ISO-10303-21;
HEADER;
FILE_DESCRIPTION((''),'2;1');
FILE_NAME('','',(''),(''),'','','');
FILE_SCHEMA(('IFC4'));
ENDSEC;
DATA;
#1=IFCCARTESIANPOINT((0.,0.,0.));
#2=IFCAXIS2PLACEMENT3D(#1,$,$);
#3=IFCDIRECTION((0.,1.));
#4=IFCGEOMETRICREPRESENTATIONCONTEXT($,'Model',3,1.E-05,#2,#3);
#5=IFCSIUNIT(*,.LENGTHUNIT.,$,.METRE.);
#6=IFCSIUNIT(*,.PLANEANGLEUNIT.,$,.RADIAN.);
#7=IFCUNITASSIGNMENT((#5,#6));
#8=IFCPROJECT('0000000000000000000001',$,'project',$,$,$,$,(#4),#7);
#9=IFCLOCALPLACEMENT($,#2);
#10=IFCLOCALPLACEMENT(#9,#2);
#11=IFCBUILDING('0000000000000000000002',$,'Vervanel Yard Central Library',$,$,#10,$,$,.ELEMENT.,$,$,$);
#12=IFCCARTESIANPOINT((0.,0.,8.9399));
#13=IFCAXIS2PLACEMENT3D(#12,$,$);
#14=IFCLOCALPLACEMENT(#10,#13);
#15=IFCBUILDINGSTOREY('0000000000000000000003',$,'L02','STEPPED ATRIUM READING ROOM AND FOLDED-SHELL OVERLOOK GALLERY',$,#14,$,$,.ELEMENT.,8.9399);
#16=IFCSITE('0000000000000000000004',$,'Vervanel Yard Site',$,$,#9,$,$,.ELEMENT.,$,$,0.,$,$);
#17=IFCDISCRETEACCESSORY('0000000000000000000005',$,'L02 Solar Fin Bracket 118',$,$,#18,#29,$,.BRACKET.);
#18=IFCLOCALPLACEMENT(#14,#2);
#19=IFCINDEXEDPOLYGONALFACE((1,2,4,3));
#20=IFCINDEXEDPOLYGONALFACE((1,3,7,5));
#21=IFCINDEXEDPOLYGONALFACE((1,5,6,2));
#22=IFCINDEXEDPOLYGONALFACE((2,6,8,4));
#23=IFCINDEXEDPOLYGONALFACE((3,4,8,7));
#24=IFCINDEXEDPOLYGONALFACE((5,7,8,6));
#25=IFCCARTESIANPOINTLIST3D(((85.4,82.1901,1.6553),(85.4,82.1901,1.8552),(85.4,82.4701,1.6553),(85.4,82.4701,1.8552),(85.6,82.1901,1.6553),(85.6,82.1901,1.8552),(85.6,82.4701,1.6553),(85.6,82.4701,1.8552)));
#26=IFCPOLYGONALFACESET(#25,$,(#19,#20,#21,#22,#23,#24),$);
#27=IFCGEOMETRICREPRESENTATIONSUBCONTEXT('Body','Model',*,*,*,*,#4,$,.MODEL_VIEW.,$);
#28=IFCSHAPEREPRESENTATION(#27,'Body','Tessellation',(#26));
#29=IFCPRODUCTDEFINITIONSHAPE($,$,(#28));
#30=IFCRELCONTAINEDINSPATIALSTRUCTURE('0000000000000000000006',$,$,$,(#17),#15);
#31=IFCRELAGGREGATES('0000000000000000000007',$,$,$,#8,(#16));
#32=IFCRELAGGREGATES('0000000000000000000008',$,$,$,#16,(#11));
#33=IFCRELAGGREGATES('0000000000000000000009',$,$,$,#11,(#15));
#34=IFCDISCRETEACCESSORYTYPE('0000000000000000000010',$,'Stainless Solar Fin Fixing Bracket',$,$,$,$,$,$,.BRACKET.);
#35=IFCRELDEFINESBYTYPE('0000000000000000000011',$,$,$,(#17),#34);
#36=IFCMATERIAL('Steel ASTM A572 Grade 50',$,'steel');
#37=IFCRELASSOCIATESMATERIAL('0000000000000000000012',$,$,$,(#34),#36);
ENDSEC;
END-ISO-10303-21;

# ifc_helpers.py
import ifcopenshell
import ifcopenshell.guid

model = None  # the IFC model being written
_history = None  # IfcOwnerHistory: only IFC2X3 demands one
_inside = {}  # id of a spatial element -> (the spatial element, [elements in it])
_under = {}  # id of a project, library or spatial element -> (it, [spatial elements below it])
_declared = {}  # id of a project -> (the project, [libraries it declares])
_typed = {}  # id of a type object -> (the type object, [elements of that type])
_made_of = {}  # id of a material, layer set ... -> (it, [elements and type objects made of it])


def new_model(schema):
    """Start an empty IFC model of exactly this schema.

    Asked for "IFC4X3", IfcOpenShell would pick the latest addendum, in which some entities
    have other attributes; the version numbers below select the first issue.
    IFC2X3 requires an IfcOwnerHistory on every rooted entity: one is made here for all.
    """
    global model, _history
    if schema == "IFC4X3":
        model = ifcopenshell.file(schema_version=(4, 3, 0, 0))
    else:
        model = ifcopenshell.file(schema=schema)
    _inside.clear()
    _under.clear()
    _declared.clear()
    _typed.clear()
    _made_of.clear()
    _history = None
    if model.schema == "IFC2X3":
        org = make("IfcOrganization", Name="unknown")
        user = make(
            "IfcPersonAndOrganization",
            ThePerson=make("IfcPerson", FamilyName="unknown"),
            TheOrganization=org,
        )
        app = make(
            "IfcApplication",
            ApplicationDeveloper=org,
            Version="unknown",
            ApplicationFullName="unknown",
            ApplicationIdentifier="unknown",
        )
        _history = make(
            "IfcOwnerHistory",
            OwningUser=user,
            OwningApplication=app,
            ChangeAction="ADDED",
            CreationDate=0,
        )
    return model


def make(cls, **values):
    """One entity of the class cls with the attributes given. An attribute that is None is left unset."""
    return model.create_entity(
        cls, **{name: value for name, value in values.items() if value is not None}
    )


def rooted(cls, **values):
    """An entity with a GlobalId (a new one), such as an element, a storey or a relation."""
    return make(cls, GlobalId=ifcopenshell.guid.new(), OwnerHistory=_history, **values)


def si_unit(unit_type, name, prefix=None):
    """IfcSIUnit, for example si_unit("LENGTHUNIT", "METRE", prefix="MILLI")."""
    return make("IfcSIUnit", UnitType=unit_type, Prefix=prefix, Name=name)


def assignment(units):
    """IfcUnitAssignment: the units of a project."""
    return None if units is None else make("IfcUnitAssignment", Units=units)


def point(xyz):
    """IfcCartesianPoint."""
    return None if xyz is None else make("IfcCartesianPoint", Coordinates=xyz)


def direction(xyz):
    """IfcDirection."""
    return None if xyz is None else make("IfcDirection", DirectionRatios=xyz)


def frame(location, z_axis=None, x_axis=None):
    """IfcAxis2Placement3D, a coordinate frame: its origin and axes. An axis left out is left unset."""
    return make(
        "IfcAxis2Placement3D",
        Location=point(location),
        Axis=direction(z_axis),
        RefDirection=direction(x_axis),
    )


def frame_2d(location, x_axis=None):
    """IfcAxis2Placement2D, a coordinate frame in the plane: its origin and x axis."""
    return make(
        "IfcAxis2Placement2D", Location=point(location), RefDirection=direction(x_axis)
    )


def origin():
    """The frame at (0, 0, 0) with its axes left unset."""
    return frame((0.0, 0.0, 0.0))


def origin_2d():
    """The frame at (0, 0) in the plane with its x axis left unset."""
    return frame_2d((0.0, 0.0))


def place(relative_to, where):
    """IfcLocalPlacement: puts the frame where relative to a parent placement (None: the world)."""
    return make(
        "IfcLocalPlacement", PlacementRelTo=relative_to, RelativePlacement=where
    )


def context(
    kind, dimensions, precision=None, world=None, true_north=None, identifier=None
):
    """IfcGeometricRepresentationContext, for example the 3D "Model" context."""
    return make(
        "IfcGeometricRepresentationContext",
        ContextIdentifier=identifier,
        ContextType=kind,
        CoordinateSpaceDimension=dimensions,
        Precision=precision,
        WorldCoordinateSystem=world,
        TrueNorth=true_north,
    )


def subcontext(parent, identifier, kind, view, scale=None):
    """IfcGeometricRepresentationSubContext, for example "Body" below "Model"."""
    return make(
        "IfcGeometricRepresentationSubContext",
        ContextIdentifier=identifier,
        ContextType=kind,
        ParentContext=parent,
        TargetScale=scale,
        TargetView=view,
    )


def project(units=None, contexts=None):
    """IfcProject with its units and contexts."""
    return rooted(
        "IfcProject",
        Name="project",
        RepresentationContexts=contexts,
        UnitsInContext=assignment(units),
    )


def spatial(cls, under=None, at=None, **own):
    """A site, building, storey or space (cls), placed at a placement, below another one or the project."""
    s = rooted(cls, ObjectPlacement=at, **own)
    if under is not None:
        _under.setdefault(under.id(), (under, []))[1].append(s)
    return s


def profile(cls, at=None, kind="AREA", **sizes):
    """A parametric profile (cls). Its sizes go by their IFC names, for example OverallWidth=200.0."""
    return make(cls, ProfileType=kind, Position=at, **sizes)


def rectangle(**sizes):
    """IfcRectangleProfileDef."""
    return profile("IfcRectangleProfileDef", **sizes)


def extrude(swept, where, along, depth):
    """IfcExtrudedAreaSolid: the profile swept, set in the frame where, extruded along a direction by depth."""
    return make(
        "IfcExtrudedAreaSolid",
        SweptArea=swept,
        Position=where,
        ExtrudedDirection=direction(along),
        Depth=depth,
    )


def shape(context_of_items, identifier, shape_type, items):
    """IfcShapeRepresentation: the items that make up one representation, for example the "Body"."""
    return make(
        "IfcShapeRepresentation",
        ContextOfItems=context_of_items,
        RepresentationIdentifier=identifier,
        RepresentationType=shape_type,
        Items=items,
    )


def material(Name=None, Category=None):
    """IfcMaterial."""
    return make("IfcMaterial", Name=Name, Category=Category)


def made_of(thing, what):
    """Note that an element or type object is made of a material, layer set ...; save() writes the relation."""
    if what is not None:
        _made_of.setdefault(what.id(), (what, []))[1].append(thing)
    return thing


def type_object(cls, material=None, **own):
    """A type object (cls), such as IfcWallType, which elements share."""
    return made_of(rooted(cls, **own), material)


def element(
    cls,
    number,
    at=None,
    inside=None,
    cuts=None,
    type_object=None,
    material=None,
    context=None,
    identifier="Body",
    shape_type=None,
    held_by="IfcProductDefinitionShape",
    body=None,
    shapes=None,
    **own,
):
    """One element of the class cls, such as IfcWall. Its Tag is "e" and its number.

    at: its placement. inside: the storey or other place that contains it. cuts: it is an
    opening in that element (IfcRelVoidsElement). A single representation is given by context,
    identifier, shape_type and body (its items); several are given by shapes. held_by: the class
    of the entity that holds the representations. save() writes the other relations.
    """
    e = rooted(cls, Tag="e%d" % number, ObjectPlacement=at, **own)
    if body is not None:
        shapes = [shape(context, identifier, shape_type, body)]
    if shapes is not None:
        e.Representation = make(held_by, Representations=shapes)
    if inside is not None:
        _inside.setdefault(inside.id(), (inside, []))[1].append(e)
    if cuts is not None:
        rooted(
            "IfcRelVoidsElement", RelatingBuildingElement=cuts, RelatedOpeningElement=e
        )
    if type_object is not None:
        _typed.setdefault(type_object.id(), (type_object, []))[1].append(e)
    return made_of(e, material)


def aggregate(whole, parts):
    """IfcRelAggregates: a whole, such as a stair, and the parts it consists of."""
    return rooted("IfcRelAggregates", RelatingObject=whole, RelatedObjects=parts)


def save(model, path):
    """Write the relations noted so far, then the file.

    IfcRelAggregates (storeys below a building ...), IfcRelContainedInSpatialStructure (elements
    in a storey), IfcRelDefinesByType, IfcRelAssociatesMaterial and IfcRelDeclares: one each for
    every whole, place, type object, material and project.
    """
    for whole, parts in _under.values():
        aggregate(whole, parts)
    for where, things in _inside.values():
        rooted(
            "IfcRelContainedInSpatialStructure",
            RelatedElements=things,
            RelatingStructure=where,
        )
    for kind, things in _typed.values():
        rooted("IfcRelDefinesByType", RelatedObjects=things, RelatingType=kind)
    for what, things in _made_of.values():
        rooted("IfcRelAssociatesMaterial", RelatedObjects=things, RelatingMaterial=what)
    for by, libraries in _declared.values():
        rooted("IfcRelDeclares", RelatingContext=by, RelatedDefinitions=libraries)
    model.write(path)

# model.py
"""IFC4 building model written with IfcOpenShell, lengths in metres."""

from ifc_helpers import new_model, si_unit, direction, frame, origin, origin_2d, place, context, subcontext, project, spatial, rectangle, extrude, material, type_object, element, save


model = new_model("IFC4")

# Units and contexts
model_context = context("Model", 3, precision=1e-05, world=origin(), true_north=direction((0.0, 1.0)))
body_context = subcontext(model_context, "Body", "Model", "MODEL_VIEW")
ifc_project = project(units=[si_unit("LENGTHUNIT", "METRE"), si_unit("PLANEANGLEUNIT", "RADIAN")], contexts=[model_context])

# Site, building, storey
site_placement = place(None, origin())
site = spatial("IfcSite", under=ifc_project, at=site_placement, Name="Vervanel Yard Site", CompositionType="ELEMENT", RefElevation=0.0)
building_placement = place(site_placement, origin())
building = spatial("IfcBuilding", under=site, at=building_placement, Name="Vervanel Yard Central Library", CompositionType="ELEMENT")
storey_placement = place(building_placement, frame((0.0, 0.0, 8.9399)))
storey = spatial("IfcBuildingStorey", under=building, at=storey_placement, Name="L02", Description="STEPPED ATRIUM READING ROOM AND FOLDED-SHELL OVERLOOK GALLERY", CompositionType="ELEMENT", Elevation=8.9399)

# Discrete accessory
ifc_material_1 = material(Name="Steel ASTM A572 Grade 50", Category="steel")
discrete_accessory_type = type_object("IfcDiscreteAccessoryType", Name="Stainless Solar Fin Fixing Bracket", PredefinedType="BRACKET", material=ifc_material_1)
discrete_accessory_placement = place(storey_placement, frame((85.5, 82.3301, 1.6553), z_axis=(0.0, 0.0, 1.0), x_axis=(1.0, 0.0, 0.0)))
element("IfcDiscreteAccessory", 1, at=discrete_accessory_placement, inside=storey, type_object=discrete_accessory_type, Name="L02 Solar Fin Bracket 118", PredefinedType="BRACKET", context=body_context, shape_type="SweptSolid", body=[
    extrude(rectangle(XDim=0.2, YDim=0.28, at=origin_2d()), origin(), (0.0, 0.0, 1.0), 0.2),
])

save(model, "model.ifc")
